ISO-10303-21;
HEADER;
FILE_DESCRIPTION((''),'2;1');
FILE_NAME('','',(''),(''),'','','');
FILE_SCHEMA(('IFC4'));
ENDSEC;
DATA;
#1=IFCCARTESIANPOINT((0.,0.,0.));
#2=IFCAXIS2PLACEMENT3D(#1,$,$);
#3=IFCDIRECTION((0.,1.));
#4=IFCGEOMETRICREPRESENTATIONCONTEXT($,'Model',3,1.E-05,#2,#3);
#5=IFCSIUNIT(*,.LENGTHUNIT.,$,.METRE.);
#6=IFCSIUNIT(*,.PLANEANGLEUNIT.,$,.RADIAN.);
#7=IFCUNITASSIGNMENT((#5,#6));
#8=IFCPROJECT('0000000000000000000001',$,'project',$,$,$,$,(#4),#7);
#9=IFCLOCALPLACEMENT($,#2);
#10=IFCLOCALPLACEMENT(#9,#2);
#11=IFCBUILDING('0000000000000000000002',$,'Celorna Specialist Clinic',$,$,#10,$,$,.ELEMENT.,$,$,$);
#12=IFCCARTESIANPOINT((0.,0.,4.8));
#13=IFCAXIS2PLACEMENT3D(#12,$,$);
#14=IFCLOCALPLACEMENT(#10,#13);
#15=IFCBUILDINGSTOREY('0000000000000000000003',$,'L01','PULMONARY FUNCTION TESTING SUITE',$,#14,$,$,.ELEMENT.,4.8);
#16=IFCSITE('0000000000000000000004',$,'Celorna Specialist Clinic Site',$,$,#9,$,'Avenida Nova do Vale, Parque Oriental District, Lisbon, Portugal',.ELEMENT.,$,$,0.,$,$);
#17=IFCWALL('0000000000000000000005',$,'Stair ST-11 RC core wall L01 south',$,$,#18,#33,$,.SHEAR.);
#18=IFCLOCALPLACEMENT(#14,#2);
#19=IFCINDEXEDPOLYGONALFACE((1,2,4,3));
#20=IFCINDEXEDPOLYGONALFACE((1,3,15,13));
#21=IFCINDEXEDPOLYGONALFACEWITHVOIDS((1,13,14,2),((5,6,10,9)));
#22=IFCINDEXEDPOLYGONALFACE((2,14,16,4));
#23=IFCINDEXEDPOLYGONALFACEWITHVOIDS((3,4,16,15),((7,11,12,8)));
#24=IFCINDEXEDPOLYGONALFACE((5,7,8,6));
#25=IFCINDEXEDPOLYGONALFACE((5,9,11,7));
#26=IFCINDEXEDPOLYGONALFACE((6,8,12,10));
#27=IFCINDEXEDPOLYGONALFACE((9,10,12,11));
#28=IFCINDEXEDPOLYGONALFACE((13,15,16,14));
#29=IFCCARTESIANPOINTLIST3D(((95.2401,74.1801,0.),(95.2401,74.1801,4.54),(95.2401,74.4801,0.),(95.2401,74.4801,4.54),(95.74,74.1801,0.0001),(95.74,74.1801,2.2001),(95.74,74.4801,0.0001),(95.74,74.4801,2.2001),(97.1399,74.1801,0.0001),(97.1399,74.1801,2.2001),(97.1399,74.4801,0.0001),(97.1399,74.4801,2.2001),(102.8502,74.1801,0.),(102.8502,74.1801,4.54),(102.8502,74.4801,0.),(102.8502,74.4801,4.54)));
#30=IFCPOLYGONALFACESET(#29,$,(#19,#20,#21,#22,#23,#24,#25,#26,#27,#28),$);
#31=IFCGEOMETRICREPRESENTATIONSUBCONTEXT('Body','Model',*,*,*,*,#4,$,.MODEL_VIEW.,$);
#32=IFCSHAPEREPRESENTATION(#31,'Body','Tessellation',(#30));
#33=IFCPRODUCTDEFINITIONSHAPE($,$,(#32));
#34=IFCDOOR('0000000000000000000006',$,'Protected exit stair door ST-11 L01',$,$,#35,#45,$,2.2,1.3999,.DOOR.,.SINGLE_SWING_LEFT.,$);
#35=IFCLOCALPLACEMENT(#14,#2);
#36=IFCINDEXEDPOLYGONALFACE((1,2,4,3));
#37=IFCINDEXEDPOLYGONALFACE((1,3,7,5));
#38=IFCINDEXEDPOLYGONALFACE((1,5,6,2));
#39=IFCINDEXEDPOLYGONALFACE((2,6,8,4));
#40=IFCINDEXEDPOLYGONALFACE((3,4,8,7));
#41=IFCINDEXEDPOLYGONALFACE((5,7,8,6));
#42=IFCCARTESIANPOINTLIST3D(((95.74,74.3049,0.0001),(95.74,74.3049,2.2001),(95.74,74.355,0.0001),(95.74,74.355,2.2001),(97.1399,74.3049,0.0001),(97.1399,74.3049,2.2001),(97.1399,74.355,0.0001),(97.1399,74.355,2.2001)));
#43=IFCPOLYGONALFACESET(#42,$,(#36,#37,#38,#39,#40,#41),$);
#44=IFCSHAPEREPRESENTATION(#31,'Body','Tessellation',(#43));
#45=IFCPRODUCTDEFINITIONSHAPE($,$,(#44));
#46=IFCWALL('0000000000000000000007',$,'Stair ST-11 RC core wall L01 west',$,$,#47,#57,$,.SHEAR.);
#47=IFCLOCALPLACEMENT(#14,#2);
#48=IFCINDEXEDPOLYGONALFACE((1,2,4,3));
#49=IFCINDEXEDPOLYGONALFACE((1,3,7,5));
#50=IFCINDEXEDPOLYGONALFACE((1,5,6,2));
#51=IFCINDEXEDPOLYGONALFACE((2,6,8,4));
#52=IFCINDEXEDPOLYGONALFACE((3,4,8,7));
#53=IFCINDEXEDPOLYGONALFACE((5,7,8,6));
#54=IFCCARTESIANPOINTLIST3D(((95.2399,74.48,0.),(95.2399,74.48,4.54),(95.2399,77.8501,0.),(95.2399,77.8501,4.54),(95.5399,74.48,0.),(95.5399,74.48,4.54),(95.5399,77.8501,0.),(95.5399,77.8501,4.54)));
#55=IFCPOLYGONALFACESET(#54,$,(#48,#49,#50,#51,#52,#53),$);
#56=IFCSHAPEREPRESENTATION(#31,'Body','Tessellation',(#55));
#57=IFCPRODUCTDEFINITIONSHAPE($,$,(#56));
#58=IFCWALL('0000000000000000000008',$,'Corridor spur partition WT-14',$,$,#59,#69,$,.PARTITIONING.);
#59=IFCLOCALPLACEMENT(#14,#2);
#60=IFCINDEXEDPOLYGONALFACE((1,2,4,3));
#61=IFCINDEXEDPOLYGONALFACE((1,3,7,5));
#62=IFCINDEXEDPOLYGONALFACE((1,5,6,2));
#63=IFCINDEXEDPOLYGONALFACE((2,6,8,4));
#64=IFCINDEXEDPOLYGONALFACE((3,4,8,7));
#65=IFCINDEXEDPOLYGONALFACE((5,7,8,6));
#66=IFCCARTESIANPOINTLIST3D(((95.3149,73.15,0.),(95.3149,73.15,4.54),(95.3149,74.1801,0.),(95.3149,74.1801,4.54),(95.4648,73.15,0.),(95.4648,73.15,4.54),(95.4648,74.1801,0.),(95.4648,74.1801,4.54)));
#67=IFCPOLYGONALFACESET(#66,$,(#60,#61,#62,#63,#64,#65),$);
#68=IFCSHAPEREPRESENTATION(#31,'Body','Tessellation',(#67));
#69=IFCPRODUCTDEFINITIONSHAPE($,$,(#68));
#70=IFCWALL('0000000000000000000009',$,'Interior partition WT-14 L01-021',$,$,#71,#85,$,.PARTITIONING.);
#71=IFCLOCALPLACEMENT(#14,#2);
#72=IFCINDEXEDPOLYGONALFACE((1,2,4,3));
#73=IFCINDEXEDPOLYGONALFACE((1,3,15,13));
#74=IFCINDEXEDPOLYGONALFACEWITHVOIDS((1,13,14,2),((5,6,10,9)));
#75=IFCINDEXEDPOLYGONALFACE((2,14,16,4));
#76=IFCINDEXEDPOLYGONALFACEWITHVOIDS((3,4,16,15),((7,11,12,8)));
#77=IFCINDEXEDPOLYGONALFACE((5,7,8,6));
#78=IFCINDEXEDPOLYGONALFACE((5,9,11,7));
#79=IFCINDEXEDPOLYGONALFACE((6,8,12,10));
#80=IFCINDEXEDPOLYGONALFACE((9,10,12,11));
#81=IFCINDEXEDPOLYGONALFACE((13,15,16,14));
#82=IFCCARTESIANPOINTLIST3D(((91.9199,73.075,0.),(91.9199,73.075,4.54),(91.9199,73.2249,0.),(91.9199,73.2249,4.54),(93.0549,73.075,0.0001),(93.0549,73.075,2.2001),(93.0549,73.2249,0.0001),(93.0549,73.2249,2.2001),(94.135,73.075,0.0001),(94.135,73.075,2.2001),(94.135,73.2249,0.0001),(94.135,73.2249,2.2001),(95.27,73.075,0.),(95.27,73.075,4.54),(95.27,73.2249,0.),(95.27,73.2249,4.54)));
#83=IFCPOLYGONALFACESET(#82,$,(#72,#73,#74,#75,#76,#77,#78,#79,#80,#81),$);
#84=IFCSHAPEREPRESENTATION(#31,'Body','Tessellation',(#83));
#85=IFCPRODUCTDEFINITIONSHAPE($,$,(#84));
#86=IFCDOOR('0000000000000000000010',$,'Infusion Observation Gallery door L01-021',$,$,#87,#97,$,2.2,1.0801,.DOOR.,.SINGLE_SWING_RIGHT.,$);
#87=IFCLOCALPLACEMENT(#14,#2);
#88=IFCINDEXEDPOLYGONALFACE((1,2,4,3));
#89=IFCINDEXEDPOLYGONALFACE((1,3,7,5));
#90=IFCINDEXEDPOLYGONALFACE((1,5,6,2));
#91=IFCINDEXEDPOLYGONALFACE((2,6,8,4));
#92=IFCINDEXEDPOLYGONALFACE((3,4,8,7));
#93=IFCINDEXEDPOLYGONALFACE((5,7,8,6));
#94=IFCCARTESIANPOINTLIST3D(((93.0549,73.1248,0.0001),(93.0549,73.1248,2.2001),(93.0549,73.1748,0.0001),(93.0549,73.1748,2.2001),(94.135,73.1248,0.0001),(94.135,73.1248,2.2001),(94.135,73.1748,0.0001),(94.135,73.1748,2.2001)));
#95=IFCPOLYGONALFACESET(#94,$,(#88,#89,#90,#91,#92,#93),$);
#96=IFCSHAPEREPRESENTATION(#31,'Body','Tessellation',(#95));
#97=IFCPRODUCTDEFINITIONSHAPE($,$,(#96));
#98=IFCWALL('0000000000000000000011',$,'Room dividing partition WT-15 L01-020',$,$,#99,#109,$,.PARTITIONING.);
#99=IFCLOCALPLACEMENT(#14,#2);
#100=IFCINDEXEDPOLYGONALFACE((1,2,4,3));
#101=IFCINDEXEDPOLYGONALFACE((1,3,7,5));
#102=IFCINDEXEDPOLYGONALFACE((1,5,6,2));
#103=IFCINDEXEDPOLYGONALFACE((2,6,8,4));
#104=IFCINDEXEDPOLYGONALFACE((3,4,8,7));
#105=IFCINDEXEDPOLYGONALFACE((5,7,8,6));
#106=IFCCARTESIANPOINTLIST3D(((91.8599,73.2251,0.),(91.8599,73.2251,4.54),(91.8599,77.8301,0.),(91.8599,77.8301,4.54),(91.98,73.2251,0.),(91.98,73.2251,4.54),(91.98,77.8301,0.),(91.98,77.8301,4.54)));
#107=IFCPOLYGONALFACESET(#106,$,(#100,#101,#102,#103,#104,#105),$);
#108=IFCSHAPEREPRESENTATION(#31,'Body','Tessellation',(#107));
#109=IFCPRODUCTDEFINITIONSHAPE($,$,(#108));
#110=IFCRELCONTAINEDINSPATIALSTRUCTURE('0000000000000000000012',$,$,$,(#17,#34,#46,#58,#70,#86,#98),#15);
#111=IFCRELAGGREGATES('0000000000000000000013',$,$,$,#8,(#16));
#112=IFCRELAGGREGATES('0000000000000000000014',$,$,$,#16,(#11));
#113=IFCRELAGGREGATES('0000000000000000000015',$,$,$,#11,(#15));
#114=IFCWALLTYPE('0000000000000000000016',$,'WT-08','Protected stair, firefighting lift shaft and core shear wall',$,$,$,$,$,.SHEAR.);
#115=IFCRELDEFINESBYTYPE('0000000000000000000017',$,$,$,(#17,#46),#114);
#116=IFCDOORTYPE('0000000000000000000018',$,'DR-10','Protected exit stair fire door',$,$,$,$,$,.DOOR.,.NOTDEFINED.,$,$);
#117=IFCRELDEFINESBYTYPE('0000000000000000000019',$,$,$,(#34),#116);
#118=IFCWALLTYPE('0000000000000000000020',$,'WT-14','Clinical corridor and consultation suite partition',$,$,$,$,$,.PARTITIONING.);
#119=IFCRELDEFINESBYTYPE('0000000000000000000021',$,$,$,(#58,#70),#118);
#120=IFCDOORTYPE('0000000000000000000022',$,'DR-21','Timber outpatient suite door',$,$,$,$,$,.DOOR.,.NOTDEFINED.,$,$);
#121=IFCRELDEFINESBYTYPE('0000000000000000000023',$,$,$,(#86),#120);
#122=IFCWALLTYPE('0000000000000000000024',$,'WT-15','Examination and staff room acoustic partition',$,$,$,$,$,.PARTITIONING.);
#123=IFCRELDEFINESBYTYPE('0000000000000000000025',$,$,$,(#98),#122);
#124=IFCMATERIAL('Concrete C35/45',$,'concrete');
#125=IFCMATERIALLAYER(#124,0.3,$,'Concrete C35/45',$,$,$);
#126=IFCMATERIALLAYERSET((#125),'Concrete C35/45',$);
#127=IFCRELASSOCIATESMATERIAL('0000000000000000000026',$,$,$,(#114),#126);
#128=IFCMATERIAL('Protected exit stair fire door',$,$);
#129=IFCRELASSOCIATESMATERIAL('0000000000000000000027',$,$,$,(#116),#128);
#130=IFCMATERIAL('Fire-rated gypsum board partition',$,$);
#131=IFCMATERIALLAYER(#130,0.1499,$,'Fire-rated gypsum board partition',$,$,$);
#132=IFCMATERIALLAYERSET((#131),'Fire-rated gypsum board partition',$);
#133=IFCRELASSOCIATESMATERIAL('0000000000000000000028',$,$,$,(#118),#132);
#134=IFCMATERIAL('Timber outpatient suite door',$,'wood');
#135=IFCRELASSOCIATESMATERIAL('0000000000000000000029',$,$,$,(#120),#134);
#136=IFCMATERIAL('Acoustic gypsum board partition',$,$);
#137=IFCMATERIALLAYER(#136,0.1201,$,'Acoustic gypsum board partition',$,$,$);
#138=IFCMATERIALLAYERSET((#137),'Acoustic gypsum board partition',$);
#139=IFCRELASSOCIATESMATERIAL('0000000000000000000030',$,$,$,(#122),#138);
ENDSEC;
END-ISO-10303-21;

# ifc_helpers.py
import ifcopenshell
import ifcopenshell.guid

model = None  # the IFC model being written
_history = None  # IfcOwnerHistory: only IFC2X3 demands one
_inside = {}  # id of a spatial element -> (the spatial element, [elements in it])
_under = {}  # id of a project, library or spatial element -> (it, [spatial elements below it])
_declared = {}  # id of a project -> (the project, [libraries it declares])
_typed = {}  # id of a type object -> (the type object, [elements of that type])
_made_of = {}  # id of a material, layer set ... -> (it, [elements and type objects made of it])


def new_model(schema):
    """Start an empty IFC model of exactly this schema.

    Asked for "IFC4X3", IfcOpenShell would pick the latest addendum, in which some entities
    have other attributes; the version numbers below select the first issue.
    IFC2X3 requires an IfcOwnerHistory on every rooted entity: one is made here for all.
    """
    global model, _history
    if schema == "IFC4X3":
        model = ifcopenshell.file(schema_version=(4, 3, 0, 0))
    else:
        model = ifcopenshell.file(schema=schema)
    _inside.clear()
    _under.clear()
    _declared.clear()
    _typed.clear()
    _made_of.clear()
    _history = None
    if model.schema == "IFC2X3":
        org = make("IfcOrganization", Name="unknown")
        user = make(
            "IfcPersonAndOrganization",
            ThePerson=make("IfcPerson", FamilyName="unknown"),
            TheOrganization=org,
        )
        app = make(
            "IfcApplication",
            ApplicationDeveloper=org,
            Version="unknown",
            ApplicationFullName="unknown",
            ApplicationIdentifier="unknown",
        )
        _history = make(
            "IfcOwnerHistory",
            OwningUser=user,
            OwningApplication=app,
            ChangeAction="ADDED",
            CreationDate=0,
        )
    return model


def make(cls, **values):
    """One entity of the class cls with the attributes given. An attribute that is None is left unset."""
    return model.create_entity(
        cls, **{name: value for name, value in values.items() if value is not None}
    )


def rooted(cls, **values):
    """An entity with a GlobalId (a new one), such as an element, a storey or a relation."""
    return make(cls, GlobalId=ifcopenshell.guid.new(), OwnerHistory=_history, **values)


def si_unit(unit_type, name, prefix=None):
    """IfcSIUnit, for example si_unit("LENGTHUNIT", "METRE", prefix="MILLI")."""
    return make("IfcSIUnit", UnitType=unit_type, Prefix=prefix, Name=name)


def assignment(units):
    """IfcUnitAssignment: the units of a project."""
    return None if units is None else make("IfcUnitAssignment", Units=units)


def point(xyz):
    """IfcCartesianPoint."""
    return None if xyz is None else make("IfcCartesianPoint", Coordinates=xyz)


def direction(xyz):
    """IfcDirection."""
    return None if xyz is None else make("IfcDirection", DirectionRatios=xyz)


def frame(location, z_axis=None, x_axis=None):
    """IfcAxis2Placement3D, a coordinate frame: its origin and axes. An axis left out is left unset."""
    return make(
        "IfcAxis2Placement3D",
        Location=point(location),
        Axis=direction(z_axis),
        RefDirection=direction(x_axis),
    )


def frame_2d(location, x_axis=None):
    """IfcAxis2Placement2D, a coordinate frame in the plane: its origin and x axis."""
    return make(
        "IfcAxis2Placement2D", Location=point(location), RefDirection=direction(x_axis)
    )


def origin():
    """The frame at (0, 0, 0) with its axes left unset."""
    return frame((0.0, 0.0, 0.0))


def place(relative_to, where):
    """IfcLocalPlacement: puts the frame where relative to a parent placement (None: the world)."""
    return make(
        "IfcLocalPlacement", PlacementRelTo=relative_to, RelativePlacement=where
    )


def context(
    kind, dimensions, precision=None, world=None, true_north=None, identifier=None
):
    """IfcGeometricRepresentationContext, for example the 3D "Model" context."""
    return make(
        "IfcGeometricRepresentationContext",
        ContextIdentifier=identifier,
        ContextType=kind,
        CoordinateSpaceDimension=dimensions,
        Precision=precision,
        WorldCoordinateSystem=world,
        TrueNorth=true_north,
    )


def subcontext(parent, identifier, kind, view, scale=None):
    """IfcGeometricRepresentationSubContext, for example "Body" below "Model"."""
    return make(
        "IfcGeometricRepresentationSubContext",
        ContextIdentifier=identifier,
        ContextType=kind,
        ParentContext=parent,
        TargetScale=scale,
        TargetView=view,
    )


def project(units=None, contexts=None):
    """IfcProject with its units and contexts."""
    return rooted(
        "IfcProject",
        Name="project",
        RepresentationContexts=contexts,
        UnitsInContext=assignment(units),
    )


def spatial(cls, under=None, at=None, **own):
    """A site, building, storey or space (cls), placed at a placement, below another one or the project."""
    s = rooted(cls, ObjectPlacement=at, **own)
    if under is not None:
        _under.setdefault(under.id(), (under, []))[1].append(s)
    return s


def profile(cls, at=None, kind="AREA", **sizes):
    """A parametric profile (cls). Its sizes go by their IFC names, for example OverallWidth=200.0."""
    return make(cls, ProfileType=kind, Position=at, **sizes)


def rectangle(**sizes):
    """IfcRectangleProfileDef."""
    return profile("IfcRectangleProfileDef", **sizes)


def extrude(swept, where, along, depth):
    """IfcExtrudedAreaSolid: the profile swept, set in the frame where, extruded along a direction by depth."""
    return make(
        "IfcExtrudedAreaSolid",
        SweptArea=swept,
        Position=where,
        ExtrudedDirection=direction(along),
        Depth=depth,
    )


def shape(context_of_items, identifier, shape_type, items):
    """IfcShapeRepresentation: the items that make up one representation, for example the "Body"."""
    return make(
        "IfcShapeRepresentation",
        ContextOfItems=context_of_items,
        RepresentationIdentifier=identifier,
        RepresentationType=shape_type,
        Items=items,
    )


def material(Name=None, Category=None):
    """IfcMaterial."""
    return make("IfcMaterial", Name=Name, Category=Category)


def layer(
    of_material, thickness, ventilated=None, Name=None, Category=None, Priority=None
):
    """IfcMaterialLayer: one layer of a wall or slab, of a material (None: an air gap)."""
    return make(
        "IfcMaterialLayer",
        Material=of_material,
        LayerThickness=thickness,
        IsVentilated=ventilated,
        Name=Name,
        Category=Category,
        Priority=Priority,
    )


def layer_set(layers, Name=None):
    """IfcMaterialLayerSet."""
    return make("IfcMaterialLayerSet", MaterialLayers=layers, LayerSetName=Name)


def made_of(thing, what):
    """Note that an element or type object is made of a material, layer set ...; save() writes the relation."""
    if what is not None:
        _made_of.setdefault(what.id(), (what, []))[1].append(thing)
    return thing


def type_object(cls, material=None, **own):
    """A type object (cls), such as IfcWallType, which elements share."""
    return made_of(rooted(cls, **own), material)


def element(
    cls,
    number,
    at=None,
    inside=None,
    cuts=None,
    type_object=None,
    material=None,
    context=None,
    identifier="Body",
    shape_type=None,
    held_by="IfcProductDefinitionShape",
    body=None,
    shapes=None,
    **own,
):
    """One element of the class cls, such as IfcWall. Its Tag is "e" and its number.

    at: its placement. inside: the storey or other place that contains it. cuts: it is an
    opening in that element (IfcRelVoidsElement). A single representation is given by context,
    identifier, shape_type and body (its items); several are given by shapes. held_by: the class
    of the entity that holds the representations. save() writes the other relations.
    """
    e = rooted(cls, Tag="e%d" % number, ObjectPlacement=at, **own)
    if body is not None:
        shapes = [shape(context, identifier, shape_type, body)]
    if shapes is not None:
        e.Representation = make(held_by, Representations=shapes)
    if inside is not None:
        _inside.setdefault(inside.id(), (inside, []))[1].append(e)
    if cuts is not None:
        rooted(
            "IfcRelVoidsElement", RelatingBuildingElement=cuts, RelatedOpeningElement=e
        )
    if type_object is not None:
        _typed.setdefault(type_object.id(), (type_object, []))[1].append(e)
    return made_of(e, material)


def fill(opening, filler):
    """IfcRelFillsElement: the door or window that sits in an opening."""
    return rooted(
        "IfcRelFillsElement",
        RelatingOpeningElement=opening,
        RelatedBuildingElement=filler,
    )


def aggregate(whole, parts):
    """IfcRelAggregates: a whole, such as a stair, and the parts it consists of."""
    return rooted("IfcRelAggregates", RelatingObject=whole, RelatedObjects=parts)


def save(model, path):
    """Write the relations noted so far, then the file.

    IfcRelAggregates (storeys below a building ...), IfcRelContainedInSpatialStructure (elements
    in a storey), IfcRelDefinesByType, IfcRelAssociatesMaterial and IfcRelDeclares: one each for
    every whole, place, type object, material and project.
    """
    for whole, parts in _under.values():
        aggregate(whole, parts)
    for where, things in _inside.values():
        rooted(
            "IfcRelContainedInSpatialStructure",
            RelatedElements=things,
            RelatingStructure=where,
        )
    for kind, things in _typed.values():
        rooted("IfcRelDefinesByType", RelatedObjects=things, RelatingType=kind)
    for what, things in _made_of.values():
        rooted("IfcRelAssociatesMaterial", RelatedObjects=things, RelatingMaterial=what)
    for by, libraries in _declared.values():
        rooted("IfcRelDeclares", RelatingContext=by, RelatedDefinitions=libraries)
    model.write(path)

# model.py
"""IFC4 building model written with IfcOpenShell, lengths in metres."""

from ifc_helpers import new_model, si_unit, direction, frame, frame_2d, origin, place, context, subcontext, project, spatial, rectangle, extrude, material, layer, layer_set, type_object, element, fill, save


model = new_model("IFC4")

# Units and contexts
model_context = context("Model", 3, precision=1e-05, world=origin(), true_north=direction((0.0, 1.0)))
body_context = subcontext(model_context, "Body", "Model", "MODEL_VIEW")
ifc_project = project(units=[si_unit("LENGTHUNIT", "METRE"), si_unit("PLANEANGLEUNIT", "RADIAN")], contexts=[model_context])

# Site, building, storey
site_placement = place(None, origin())
site = spatial("IfcSite", under=ifc_project, at=site_placement, Name="Celorna Specialist Clinic Site", LongName="Avenida Nova do Vale, Parque Oriental District, Lisbon, Portugal", CompositionType="ELEMENT", RefElevation=0.0)
building_placement = place(site_placement, origin())
building = spatial("IfcBuilding", under=site, at=building_placement, Name="Celorna Specialist Clinic", CompositionType="ELEMENT")
storey_placement = place(building_placement, frame((0.0, 0.0, 4.8)))
storey = spatial("IfcBuildingStorey", under=building, at=storey_placement, Name="L01", Description="PULMONARY FUNCTION TESTING SUITE", CompositionType="ELEMENT", Elevation=4.8)

# Wall, opening, door
ifc_material_1 = material(Name="Concrete C35/45", Category="concrete")
ifc_layer_1 = layer(ifc_material_1, 0.3, Name="Concrete C35/45")
ifc_layer_set_1 = layer_set([ifc_layer_1], Name="Concrete C35/45")
wall_type_1 = type_object("IfcWallType", Name="WT-08", Description="Protected stair, firefighting lift shaft and core shear wall", PredefinedType="SHEAR", material=ifc_layer_set_1)
wall_1_placement = place(storey_placement, frame((95.24, 74.3301, 0.0), z_axis=(0.0, 0.0, 1.0), x_axis=(1.0, 0.0, 0.0)))
wall_1 = element("IfcWall", 1, at=wall_1_placement, inside=storey, type_object=wall_type_1, Name="Stair ST-11 RC core wall L01 south", PredefinedType="SHEAR", context=body_context, shape_type="SweptSolid", body=[
    extrude(rectangle(XDim=7.6101, YDim=0.3, at=frame_2d((3.8052, 0.0))), origin(), (0.0, 0.0, 1.0), 4.54),
])
opening_1_placement = place(wall_1_placement, frame((0.5, 0.0, 0.0)))
opening_1 = element("IfcOpeningElement", 2, at=opening_1_placement, cuts=wall_1, PredefinedType="OPENING", context=body_context, shape_type="SweptSolid", body=[
    extrude(rectangle(XDim=1.3999, YDim=2.2, at=frame_2d((0.7, 1.1001))), frame((0.0, 0.1599, 0.0), z_axis=(0.0, -1.0, 0.0), x_axis=(1.0, 0.0, 0.0)), (0.0, 0.0, 1.0), 0.3201),
])
ifc_material_2 = material(Name="Protected exit stair fire door")
door_type_1 = type_object("IfcDoorType", Name="DR-10", Description="Protected exit stair fire door", OperationType="NOTDEFINED", PredefinedType="DOOR", material=ifc_material_2)
door_1_placement = place(opening_1_placement, origin())
door_1 = element("IfcDoor", 3, at=door_1_placement, inside=storey, type_object=door_type_1, Name="Protected exit stair door ST-11 L01", OperationType="SINGLE_SWING_LEFT", OverallHeight=2.2, OverallWidth=1.3999, PredefinedType="DOOR", context=body_context, shape_type="SweptSolid", body=[
    extrude(rectangle(XDim=1.3999, YDim=2.2, at=frame_2d((0.7, 1.1001))), frame((0.0, 0.0249, 0.0), z_axis=(0.0, -1.0, 0.0), x_axis=(1.0, 0.0, 0.0)), (0.0, 0.0, 1.0), 0.05),
])
fill(opening_1, door_1)

# Walls
wall_2_placement = place(storey_placement, frame((95.3899, 77.8501, 0.0), z_axis=(0.0, 0.0, 1.0), x_axis=(0.0, -1.0, 0.0)))
element("IfcWall", 4, at=wall_2_placement, inside=storey, type_object=wall_type_1, Name="Stair ST-11 RC core wall L01 west", PredefinedType="SHEAR", context=body_context, shape_type="SweptSolid", body=[
    extrude(rectangle(XDim=3.3701, YDim=0.3, at=frame_2d((1.6851, 0.0))), origin(), (0.0, 0.0, 1.0), 4.54),
])
ifc_material_3 = material(Name="Fire-rated gypsum board partition")
ifc_layer_2 = layer(ifc_material_3, 0.1499, Name="Fire-rated gypsum board partition")
ifc_layer_set_2 = layer_set([ifc_layer_2], Name="Fire-rated gypsum board partition")
wall_type_2 = type_object("IfcWallType", Name="WT-14", Description="Clinical corridor and consultation suite partition", PredefinedType="PARTITIONING", material=ifc_layer_set_2)
wall_3_placement = place(storey_placement, frame((95.3899, 73.1499, 0.0), z_axis=(0.0, 0.0, 1.0), x_axis=(0.0, 1.0, 0.0)))
element("IfcWall", 5, at=wall_3_placement, inside=storey, type_object=wall_type_2, Name="Corridor spur partition WT-14", PredefinedType="PARTITIONING", context=body_context, shape_type="SweptSolid", body=[
    extrude(rectangle(XDim=1.03, YDim=0.1499, at=frame_2d((0.5151, 0.0))), origin(), (0.0, 0.0, 1.0), 4.54),
])

# Wall, opening, door
wall_4_placement = place(storey_placement, frame((91.9199, 73.1499, 0.0), z_axis=(0.0, 0.0, 1.0), x_axis=(1.0, 0.0, 0.0)))
wall_4 = element("IfcWall", 6, at=wall_4_placement, inside=storey, type_object=wall_type_2, Name="Interior partition WT-14 L01-021", PredefinedType="PARTITIONING", context=body_context, shape_type="SweptSolid", body=[
    extrude(rectangle(XDim=3.3501, YDim=0.1499, at=frame_2d((1.675, 0.0))), origin(), (0.0, 0.0, 1.0), 4.54),
])
opening_2_placement = place(wall_4_placement, frame((1.135, 0.0, 0.0)))
opening_2 = element("IfcOpeningElement", 7, at=opening_2_placement, cuts=wall_4, PredefinedType="OPENING", context=body_context, shape_type="SweptSolid", body=[
    extrude(rectangle(XDim=1.0801, YDim=2.2, at=frame_2d((0.54, 1.1001))), frame((0.0, 0.085, 0.0), z_axis=(0.0, -1.0, 0.0), x_axis=(1.0, 0.0, 0.0)), (0.0, 0.0, 1.0), 0.1699),
])
ifc_material_4 = material(Name="Timber outpatient suite door", Category="wood")
door_type_2 = type_object("IfcDoorType", Name="DR-21", Description="Timber outpatient suite door", OperationType="NOTDEFINED", PredefinedType="DOOR", material=ifc_material_4)
door_2_placement = place(opening_2_placement, origin())
door_2 = element("IfcDoor", 8, at=door_2_placement, inside=storey, type_object=door_type_2, Name="Infusion Observation Gallery door L01-021", OperationType="SINGLE_SWING_RIGHT", OverallHeight=2.2, OverallWidth=1.0801, PredefinedType="DOOR", context=body_context, shape_type="SweptSolid", body=[
    extrude(rectangle(XDim=1.0801, YDim=2.2, at=frame_2d((0.54, 1.1001))), frame((0.0, 0.0249, 0.0), z_axis=(0.0, -1.0, 0.0), x_axis=(1.0, 0.0, 0.0)), (0.0, 0.0, 1.0), 0.05),
])
fill(opening_2, door_2)

# Wall
ifc_material_5 = material(Name="Acoustic gypsum board partition")
ifc_layer_3 = layer(ifc_material_5, 0.1201, Name="Acoustic gypsum board partition")
ifc_layer_set_3 = layer_set([ifc_layer_3], Name="Acoustic gypsum board partition")
wall_type_3 = type_object("IfcWallType", Name="WT-15", Description="Examination and staff room acoustic partition", PredefinedType="PARTITIONING", material=ifc_layer_set_3)
wall_5_placement = place(storey_placement, frame((91.9199, 73.2251, 0.0), z_axis=(0.0, 0.0, 1.0), x_axis=(0.0, 1.0, 0.0)))
element("IfcWall", 9, at=wall_5_placement, inside=storey, type_object=wall_type_3, Name="Room dividing partition WT-15 L01-020", PredefinedType="PARTITIONING", context=body_context, shape_type="SweptSolid", body=[
    extrude(rectangle(XDim=4.605, YDim=0.1201, at=frame_2d((2.3025, 0.0))), origin(), (0.0, 0.0, 1.0), 4.54),
])

save(model, "model.ifc")
